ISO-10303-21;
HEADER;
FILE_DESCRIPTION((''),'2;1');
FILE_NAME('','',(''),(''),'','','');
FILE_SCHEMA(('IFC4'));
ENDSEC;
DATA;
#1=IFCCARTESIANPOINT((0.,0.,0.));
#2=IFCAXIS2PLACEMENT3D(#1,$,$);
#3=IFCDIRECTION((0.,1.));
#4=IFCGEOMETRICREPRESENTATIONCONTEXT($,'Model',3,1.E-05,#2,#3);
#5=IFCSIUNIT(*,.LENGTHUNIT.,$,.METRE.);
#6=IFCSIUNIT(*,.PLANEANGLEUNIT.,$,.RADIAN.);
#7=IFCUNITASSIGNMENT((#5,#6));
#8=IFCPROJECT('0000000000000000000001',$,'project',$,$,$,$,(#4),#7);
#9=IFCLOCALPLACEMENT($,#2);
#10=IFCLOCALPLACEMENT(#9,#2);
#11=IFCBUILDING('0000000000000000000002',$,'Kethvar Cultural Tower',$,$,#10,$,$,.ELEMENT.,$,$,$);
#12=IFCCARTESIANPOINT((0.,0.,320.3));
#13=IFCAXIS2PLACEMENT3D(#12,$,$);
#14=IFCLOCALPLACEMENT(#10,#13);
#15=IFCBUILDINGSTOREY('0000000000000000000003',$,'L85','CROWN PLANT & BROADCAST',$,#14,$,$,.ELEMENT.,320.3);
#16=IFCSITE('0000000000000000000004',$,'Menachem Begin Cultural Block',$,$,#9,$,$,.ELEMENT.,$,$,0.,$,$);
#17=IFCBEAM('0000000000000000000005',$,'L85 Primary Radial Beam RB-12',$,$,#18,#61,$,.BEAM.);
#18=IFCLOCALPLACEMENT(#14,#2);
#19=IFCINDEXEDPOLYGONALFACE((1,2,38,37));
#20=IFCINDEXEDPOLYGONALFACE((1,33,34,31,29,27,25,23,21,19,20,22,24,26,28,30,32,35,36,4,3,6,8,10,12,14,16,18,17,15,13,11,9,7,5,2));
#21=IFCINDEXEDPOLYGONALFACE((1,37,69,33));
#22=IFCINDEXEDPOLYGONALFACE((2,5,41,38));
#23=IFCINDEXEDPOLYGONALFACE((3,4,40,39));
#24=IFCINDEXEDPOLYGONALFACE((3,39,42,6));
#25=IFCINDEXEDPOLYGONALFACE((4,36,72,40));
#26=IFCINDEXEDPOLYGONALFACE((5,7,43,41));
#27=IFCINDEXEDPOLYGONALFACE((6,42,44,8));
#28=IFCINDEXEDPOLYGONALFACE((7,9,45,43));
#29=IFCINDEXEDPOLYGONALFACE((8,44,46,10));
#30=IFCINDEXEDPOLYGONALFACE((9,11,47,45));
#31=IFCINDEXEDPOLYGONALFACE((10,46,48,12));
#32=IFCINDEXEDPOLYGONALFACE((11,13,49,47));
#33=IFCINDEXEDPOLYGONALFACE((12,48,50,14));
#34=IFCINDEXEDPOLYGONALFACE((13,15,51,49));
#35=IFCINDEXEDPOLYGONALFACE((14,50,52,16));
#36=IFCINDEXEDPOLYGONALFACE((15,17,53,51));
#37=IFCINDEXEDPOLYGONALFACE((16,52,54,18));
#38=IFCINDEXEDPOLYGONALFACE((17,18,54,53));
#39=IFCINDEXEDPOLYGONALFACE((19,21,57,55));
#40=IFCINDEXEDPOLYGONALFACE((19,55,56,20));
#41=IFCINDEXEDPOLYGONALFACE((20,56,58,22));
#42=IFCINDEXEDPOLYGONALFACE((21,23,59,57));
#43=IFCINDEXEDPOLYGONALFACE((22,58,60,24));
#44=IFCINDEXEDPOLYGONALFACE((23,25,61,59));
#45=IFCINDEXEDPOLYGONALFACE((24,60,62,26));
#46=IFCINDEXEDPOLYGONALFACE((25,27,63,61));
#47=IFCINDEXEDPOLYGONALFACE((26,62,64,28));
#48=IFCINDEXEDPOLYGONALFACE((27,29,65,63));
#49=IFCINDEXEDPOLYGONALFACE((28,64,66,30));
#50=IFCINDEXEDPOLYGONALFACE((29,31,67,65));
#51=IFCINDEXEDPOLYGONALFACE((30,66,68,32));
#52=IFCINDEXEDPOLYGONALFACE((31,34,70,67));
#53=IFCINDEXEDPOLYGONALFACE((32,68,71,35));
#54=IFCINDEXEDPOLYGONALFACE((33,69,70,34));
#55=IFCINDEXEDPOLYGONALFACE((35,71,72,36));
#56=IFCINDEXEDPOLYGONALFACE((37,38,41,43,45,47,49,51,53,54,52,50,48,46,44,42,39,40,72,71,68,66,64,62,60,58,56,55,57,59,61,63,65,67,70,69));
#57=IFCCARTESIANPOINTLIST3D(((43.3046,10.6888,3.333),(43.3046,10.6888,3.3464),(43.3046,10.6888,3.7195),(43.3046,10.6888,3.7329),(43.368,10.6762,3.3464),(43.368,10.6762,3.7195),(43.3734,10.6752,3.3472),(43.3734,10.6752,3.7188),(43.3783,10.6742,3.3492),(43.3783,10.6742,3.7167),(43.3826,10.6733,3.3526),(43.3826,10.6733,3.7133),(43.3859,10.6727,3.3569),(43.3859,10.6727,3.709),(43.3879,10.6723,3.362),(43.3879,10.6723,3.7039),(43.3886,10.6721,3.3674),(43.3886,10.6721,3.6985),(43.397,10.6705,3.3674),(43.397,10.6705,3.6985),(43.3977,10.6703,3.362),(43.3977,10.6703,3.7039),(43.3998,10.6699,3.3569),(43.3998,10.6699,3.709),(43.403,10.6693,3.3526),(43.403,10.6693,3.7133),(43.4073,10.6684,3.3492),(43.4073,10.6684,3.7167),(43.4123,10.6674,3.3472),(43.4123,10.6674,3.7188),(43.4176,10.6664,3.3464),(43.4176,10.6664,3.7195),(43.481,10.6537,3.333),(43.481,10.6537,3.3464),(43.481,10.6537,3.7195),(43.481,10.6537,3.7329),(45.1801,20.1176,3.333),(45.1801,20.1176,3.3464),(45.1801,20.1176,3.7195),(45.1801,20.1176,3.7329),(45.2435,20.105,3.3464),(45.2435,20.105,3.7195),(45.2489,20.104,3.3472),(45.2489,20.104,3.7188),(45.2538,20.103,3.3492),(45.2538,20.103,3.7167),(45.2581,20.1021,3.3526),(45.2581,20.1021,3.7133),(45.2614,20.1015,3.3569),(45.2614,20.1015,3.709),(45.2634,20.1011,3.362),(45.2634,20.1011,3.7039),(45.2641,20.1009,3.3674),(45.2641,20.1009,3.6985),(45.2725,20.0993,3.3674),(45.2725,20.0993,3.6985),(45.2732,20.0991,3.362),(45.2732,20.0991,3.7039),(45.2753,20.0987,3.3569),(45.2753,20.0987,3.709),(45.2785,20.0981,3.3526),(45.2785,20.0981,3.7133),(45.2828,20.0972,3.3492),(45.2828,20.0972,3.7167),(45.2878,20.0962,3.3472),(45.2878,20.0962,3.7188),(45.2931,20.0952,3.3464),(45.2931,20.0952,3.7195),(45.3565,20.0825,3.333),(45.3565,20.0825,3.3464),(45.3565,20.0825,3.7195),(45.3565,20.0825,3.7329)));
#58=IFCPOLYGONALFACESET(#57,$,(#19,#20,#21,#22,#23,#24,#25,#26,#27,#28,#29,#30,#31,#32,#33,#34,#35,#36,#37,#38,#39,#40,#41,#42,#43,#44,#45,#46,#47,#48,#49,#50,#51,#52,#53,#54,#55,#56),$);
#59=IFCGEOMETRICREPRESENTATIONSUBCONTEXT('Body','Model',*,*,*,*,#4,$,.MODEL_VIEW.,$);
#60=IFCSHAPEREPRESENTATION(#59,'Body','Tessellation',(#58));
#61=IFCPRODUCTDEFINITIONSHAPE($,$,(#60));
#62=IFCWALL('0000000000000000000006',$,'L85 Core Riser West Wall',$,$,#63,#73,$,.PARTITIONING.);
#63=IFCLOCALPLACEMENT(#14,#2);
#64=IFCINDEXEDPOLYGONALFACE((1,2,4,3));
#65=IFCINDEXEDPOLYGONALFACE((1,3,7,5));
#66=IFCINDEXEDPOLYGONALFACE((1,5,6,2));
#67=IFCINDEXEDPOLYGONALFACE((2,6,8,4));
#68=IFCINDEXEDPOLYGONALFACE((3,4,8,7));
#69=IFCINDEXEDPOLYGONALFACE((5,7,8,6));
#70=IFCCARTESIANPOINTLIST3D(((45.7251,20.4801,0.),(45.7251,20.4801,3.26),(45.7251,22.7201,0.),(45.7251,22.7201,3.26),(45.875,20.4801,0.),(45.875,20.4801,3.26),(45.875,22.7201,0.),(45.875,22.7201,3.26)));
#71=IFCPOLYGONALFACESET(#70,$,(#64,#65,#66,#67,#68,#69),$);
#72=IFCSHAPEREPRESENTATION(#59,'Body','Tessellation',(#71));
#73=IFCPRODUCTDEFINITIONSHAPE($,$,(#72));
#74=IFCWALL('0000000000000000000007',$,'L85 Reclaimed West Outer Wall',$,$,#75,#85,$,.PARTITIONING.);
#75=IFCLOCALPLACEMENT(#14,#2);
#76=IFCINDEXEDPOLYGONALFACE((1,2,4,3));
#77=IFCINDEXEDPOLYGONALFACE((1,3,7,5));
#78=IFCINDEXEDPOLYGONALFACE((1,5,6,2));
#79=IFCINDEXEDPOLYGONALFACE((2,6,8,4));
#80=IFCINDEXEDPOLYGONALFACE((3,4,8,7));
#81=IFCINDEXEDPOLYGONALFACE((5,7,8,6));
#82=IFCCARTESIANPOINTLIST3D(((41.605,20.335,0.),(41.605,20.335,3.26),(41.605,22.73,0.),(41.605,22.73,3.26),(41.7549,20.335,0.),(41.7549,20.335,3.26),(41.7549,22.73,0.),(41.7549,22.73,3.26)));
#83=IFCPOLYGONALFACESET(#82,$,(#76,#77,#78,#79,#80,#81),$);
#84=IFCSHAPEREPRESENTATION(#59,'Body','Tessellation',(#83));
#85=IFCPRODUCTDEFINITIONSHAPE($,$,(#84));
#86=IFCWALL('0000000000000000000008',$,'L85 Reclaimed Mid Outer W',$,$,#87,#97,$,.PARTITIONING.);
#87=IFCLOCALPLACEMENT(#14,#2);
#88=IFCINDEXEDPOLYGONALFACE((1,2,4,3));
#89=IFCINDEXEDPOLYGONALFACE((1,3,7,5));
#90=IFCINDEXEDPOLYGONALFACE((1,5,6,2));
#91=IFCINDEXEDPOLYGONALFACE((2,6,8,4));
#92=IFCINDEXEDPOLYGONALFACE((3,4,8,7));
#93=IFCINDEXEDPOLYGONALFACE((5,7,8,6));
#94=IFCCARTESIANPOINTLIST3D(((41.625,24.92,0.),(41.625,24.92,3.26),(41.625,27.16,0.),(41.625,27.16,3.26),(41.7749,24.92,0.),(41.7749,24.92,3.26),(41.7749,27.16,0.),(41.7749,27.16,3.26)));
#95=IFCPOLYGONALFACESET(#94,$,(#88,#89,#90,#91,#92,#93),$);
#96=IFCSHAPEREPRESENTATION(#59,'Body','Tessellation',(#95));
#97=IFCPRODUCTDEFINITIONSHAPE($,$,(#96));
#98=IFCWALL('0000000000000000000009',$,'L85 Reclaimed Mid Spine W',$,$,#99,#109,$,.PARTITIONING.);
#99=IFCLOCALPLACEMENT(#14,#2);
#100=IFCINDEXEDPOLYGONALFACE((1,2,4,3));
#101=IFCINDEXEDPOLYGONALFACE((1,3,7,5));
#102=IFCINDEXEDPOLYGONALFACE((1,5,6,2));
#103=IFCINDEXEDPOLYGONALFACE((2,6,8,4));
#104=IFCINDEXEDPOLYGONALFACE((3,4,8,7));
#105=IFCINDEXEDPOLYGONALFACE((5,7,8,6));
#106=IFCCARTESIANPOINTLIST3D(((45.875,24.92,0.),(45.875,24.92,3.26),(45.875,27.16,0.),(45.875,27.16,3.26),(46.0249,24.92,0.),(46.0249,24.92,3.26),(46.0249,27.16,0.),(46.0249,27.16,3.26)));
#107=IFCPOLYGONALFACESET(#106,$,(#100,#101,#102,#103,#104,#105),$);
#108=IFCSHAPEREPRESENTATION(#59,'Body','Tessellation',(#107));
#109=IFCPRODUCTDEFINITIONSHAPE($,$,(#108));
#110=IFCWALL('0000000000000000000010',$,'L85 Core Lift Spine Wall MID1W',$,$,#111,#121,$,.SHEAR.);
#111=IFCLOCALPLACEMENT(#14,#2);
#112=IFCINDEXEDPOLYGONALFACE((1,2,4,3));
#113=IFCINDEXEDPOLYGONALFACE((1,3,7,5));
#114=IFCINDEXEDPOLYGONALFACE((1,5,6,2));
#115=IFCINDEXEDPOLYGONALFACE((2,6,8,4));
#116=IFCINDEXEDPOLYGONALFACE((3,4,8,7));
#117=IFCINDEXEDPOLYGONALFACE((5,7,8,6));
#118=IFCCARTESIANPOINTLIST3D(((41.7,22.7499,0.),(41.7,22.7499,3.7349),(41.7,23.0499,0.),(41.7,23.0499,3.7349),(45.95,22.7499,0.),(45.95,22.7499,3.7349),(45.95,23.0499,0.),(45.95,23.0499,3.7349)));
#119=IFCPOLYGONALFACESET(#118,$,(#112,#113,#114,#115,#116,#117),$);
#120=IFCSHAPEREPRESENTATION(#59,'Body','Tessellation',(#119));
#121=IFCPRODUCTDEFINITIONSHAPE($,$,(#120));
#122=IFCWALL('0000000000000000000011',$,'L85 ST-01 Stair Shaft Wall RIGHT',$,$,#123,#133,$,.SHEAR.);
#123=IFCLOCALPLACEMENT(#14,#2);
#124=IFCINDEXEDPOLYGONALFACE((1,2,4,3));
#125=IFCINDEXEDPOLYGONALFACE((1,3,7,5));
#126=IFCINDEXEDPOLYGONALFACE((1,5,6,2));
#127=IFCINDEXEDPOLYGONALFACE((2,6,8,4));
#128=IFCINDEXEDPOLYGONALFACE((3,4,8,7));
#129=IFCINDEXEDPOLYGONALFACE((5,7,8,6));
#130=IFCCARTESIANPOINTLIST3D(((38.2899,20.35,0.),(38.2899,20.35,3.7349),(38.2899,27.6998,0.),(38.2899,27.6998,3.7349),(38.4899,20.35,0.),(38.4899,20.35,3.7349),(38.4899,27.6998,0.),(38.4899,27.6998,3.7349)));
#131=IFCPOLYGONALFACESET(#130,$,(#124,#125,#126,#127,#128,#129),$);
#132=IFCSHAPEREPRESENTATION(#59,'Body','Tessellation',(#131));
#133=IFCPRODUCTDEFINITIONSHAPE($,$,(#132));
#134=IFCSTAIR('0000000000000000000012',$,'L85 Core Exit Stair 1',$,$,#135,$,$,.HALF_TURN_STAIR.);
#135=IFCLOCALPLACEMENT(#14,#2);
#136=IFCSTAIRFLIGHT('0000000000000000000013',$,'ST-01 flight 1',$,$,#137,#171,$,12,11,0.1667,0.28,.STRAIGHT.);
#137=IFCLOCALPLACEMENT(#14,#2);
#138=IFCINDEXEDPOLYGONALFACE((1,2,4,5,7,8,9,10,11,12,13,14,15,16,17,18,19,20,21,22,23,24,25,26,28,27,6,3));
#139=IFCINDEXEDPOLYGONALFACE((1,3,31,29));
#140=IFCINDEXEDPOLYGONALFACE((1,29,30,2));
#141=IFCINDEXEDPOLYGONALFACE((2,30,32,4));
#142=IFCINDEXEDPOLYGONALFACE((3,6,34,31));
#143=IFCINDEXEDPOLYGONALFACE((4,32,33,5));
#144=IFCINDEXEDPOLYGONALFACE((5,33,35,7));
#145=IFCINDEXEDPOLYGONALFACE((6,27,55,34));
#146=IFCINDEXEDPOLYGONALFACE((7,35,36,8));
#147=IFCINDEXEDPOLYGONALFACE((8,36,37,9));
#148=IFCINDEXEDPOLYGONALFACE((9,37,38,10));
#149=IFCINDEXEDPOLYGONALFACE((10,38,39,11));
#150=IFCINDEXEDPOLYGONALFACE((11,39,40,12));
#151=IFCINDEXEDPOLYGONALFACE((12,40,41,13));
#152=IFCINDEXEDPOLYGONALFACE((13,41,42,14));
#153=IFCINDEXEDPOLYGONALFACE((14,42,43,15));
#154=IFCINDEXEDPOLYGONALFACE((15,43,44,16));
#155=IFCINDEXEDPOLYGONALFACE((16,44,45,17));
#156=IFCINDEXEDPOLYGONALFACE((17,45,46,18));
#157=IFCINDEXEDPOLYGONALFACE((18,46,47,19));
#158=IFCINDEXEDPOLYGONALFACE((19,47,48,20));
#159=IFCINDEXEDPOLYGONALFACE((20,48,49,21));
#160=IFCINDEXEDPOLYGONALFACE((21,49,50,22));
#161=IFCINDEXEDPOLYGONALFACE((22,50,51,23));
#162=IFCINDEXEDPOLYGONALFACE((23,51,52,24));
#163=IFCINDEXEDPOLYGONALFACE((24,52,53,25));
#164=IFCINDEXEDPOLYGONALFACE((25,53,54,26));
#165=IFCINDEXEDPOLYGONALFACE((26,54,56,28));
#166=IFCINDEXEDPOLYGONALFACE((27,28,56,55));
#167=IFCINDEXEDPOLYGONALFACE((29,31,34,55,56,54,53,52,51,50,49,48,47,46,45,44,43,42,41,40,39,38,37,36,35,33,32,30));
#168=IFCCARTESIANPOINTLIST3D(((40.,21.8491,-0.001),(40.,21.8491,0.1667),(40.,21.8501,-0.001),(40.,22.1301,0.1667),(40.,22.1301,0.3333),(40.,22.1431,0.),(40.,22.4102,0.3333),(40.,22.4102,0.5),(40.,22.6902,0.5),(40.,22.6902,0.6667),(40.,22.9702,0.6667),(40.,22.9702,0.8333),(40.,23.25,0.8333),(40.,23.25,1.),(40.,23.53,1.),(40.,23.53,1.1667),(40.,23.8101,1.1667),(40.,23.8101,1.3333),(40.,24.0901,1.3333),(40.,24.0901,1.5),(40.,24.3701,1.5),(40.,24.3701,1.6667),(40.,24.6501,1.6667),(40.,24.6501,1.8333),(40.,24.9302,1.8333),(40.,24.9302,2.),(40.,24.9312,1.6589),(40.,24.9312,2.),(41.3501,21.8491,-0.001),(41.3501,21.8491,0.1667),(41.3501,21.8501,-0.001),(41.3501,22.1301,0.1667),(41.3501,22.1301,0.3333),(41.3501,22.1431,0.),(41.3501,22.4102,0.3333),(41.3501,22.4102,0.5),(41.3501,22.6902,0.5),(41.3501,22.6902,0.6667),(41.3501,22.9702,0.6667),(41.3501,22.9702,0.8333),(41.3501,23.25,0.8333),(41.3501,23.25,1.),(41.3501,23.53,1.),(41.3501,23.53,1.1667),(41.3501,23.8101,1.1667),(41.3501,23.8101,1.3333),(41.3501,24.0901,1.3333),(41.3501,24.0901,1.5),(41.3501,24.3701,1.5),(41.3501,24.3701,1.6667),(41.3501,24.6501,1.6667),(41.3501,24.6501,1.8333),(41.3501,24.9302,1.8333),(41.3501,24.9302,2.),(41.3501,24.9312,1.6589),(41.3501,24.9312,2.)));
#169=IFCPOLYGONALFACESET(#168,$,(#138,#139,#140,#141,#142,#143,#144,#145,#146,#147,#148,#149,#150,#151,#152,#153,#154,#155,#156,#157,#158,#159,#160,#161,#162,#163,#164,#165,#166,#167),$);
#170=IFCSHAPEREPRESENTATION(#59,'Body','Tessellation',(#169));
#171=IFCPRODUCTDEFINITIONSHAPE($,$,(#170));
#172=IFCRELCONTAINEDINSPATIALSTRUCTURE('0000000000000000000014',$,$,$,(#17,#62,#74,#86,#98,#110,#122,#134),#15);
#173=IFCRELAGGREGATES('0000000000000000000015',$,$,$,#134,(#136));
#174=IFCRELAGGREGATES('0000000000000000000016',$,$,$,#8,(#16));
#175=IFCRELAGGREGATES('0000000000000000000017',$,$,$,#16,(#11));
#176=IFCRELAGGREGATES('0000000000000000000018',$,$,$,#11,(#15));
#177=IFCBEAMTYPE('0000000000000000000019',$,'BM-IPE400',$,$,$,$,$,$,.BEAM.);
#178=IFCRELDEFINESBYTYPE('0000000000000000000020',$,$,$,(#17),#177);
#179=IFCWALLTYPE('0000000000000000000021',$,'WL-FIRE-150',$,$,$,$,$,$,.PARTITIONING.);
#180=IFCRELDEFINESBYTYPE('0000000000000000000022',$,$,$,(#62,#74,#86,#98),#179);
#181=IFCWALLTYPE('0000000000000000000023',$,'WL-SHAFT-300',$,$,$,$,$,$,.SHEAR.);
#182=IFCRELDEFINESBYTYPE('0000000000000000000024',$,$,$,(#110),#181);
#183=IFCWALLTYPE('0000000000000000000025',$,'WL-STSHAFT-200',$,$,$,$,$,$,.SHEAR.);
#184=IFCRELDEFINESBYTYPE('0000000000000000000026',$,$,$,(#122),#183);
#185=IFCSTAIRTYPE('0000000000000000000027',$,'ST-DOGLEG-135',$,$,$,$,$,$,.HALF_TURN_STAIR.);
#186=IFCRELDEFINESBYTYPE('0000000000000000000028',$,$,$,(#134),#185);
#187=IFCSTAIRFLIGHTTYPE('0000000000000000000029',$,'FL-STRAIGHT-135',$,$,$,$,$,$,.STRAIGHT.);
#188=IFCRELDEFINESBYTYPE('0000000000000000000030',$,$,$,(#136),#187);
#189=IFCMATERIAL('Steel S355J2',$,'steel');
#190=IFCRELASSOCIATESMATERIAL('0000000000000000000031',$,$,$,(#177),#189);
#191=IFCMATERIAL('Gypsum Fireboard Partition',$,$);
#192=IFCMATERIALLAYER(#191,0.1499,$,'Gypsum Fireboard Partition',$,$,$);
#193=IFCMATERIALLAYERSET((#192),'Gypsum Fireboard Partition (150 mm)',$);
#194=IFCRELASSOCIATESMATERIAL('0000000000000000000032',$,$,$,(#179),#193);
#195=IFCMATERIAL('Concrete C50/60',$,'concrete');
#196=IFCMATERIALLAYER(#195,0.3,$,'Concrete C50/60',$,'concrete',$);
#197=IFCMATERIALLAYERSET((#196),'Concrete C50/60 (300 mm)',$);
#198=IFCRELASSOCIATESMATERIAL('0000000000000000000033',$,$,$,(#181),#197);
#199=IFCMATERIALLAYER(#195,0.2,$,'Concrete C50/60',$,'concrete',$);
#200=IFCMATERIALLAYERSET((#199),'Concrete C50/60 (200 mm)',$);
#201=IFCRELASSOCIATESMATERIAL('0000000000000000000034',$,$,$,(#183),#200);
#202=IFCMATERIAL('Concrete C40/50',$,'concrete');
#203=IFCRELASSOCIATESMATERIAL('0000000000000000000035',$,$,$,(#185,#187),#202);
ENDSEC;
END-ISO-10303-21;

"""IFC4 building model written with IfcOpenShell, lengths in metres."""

from ifc_helpers import new_model, si_unit, direction, frame, frame_2d, origin, origin_2d, place, context, subcontext, project, spatial, polyline, rectangle, i_section, outline, extrude, source, transform, mapped, material, layer, layer_set, material_profile, profile_set, type_object, element, aggregate, save


model = new_model("IFC4")

# Units and contexts
model_context = context("Model", 3, precision=1e-05, world=origin(), true_north=direction((0.0, 1.0)))
body_context = subcontext(model_context, "Body", "Model", "MODEL_VIEW")
ifc_project = project(units=[si_unit("LENGTHUNIT", "METRE"), si_unit("PLANEANGLEUNIT", "RADIAN")], contexts=[model_context])

# Site, building, storey
site_placement = place(None, origin())
site = spatial("IfcSite", under=ifc_project, at=site_placement, Name="Menachem Begin Cultural Block", CompositionType="ELEMENT", RefElevation=0.0)
building_placement = place(site_placement, origin())
building = spatial("IfcBuilding", under=site, at=building_placement, Name="Kethvar Cultural Tower", CompositionType="ELEMENT")
storey_placement = place(building_placement, frame((0.0, 0.0, 320.3)))
storey = spatial("IfcBuildingStorey", under=building, at=storey_placement, Name="L85", Description="CROWN PLANT & BROADCAST", CompositionType="ELEMENT", Elevation=320.3)

# Beam
ifc_material_1 = material(Name="Steel S355J2", Category="steel")
ifc_material_profile_1 = material_profile(ifc_material_1, i_section(OverallWidth=0.1799, OverallDepth=0.3999, WebThickness=0.0085, FlangeThickness=0.0134, FilletRadius=0.021, at=origin_2d()), Name="Steel S355J2 — IPE400")
ifc_profile_set_1 = profile_set([ifc_material_profile_1], Name="Steel S355J2 — IPE400")
beam_type_1 = type_object("IfcBeamType", Name="BM-IPE400", PredefinedType="BEAM", material=ifc_profile_set_1)
shared_shape_1 = source(origin(), body_context, "Body", "SweptSolid", [
    extrude(i_section(OverallWidth=0.1799, OverallDepth=0.3999, WebThickness=0.0085, FlangeThickness=0.0134, FilletRadius=0.021, at=origin_2d()), origin(), (0.0, 0.0, 1.0), 9.6135),
])
beam_1_placement = place(storey_placement, frame((45.2683, 20.1001, 3.533), z_axis=(-0.19509, -0.980785, 0.0), x_axis=(0.980785, -0.19509, 0.0)))
element("IfcBeam", 1, at=beam_1_placement, inside=storey, type_object=beam_type_1, Name="L85 Primary Radial Beam RB-12", PredefinedType="BEAM", context=body_context, shape_type="MappedRepresentation", body=[
    mapped(shared_shape_1, transform((0.0, 0.0, 0.0), scale=1.0)),
])

# Shared definitions
ifc_material_2 = material(Name="Gypsum Fireboard Partition")
ifc_layer_1 = layer(ifc_material_2, 0.1499, Name="Gypsum Fireboard Partition")
ifc_layer_set_1 = layer_set([ifc_layer_1], Name="Gypsum Fireboard Partition (150 mm)")
wall_type_1 = type_object("IfcWallType", Name="WL-FIRE-150", PredefinedType="PARTITIONING", material=ifc_layer_set_1)

# Walls
wall_1_placement = place(storey_placement, frame((45.8, 20.48, 0.0), z_axis=(0.0, 0.0, 1.0), x_axis=(0.0, 1.0, 0.0)))
element("IfcWall", 2, at=wall_1_placement, inside=storey, type_object=wall_type_1, Name="L85 Core Riser West Wall", PredefinedType="PARTITIONING", context=body_context, shape_type="SweptSolid", body=[
    extrude(rectangle(XDim=2.24, YDim=0.1499, at=frame_2d((1.1201, 0.0))), origin(), (0.0, 0.0, 1.0), 3.26),
])
wall_2_placement = place(storey_placement, frame((41.6799, 20.335, 0.0), z_axis=(0.0, 0.0, 1.0), x_axis=(0.0, 1.0, 0.0)))
element("IfcWall", 3, at=wall_2_placement, inside=storey, type_object=wall_type_1, Name="L85 Reclaimed West Outer Wall", PredefinedType="PARTITIONING", context=body_context, shape_type="SweptSolid", body=[
    extrude(rectangle(XDim=2.395, YDim=0.1499, at=frame_2d((1.1975, 0.0))), origin(), (0.0, 0.0, 1.0), 3.26),
])

# Walls
for number, where, z_axis, x_axis, name in (
    (4, (41.7, 24.9199, 0.0), (0.0, 0.0, 1.0), (0.0, 1.0, 0.0), "L85 Reclaimed Mid Outer W"),
    (5, (45.95, 24.9199, 0.0), (0.0, 0.0, 1.0), (0.0, 1.0, 0.0), "L85 Reclaimed Mid Spine W"),
):
    element("IfcWall", number, at=place(storey_placement, frame(where, z_axis=z_axis, x_axis=x_axis)), inside=storey, type_object=wall_type_1, Name=name, PredefinedType="PARTITIONING", context=body_context, shape_type="SweptSolid", body=[
        extrude(rectangle(XDim=2.24, YDim=0.1499, at=frame_2d((1.1201, 0.0))), origin(), (0.0, 0.0, 1.0), 3.26),
    ])
ifc_material_3 = material(Name="Concrete C50/60", Category="concrete")
ifc_layer_2 = layer(ifc_material_3, 0.3, Name="Concrete C50/60", Category="concrete")
ifc_layer_set_2 = layer_set([ifc_layer_2], Name="Concrete C50/60 (300 mm)")
wall_type_2 = type_object("IfcWallType", Name="WL-SHAFT-300", PredefinedType="SHEAR", material=ifc_layer_set_2)
wall_3_placement = place(storey_placement, frame((41.7, 22.8999, 0.0), z_axis=(0.0, 0.0, 1.0), x_axis=(1.0, 0.0, 0.0)))
element("IfcWall", 6, at=wall_3_placement, inside=storey, type_object=wall_type_2, Name="L85 Core Lift Spine Wall MID1W", PredefinedType="SHEAR", context=body_context, shape_type="SweptSolid", body=[
    extrude(rectangle(XDim=4.25, YDim=0.3, at=frame_2d((2.125, 0.0))), origin(), (0.0, 0.0, 1.0), 3.7349),
])

# Wall
ifc_layer_3 = layer(ifc_material_3, 0.2, Name="Concrete C50/60", Category="concrete")
ifc_layer_set_3 = layer_set([ifc_layer_3], Name="Concrete C50/60 (200 mm)")
wall_type_3 = type_object("IfcWallType", Name="WL-STSHAFT-200", PredefinedType="SHEAR", material=ifc_layer_set_3)
wall_4_placement = place(storey_placement, frame((38.3899, 20.3501, 0.0), z_axis=(0.0, 0.0, 1.0), x_axis=(0.0, 1.0, 0.0)))
element("IfcWall", 7, at=wall_4_placement, inside=storey, type_object=wall_type_3, Name="L85 ST-01 Stair Shaft Wall RIGHT", PredefinedType="SHEAR", context=body_context, shape_type="SweptSolid", body=[
    extrude(rectangle(XDim=7.3499, YDim=0.2, at=frame_2d((3.6748, 0.0))), origin(), (0.0, 0.0, 1.0), 3.7349),
])

# Stair, stair flight
ifc_material_4 = material(Name="Concrete C40/50", Category="concrete")
stair_type = type_object("IfcStairType", Name="ST-DOGLEG-135", PredefinedType="HALF_TURN_STAIR", material=ifc_material_4)
stair_placement = place(storey_placement, origin())
stair = element("IfcStair", 8, at=stair_placement, inside=storey, type_object=stair_type, Name="L85 Core Exit Stair 1", PredefinedType="HALF_TURN_STAIR")
stair_flight_type = type_object("IfcStairFlightType", Name="FL-STRAIGHT-135", PredefinedType="STRAIGHT", material=ifc_material_4)
stair_flight_1_placement = place(storey_placement, frame((40.675, 21.8501, 0.0), z_axis=(0.0, 0.0, 1.0), x_axis=(0.0, 1.0, 0.0)))
stair_flight_1 = element("IfcStairFlight", 9, at=stair_flight_1_placement, type_object=stair_flight_type, Name="ST-01 flight 1", NumberOfRisers=12, NumberOfTreads=11, PredefinedType="STRAIGHT", RiserHeight=0.1667, TreadLength=0.28, context=body_context, shape_type="SweptSolid", body=[
    extrude(outline(polyline([(-0.001, -0.001), (-0.001, 0.1667), (0.28, 0.1667), (0.28, 0.3333), (0.5601, 0.3333), (0.5601, 0.5), (0.8401, 0.5), (0.8401, 0.6667), (1.1201, 0.6667), (1.1201, 0.8333), (1.3999, 0.8333), (1.3999, 1.0), (1.6799, 1.0), (1.6799, 1.1667), (1.96, 1.1667), (1.96, 1.3333), (2.24, 1.3333), (2.24, 1.5), (2.52, 1.5), (2.52, 1.6667), (2.8, 1.6667), (2.8, 1.8333), (3.0801, 1.8333), (3.0801, 2.0), (3.0811, 2.0), (3.0811, 1.6589), (0.293, 0.0), (0.0, -0.001), (-0.001, -0.001)])), frame((0.0, 0.675, 0.0), z_axis=(0.0, -1.0, 0.0), x_axis=(1.0, 0.0, 0.0)), (0.0, 0.0, 1.0), 1.3501),
])
aggregate(stair, [stair_flight_1])

save(model, "model.ifc")
